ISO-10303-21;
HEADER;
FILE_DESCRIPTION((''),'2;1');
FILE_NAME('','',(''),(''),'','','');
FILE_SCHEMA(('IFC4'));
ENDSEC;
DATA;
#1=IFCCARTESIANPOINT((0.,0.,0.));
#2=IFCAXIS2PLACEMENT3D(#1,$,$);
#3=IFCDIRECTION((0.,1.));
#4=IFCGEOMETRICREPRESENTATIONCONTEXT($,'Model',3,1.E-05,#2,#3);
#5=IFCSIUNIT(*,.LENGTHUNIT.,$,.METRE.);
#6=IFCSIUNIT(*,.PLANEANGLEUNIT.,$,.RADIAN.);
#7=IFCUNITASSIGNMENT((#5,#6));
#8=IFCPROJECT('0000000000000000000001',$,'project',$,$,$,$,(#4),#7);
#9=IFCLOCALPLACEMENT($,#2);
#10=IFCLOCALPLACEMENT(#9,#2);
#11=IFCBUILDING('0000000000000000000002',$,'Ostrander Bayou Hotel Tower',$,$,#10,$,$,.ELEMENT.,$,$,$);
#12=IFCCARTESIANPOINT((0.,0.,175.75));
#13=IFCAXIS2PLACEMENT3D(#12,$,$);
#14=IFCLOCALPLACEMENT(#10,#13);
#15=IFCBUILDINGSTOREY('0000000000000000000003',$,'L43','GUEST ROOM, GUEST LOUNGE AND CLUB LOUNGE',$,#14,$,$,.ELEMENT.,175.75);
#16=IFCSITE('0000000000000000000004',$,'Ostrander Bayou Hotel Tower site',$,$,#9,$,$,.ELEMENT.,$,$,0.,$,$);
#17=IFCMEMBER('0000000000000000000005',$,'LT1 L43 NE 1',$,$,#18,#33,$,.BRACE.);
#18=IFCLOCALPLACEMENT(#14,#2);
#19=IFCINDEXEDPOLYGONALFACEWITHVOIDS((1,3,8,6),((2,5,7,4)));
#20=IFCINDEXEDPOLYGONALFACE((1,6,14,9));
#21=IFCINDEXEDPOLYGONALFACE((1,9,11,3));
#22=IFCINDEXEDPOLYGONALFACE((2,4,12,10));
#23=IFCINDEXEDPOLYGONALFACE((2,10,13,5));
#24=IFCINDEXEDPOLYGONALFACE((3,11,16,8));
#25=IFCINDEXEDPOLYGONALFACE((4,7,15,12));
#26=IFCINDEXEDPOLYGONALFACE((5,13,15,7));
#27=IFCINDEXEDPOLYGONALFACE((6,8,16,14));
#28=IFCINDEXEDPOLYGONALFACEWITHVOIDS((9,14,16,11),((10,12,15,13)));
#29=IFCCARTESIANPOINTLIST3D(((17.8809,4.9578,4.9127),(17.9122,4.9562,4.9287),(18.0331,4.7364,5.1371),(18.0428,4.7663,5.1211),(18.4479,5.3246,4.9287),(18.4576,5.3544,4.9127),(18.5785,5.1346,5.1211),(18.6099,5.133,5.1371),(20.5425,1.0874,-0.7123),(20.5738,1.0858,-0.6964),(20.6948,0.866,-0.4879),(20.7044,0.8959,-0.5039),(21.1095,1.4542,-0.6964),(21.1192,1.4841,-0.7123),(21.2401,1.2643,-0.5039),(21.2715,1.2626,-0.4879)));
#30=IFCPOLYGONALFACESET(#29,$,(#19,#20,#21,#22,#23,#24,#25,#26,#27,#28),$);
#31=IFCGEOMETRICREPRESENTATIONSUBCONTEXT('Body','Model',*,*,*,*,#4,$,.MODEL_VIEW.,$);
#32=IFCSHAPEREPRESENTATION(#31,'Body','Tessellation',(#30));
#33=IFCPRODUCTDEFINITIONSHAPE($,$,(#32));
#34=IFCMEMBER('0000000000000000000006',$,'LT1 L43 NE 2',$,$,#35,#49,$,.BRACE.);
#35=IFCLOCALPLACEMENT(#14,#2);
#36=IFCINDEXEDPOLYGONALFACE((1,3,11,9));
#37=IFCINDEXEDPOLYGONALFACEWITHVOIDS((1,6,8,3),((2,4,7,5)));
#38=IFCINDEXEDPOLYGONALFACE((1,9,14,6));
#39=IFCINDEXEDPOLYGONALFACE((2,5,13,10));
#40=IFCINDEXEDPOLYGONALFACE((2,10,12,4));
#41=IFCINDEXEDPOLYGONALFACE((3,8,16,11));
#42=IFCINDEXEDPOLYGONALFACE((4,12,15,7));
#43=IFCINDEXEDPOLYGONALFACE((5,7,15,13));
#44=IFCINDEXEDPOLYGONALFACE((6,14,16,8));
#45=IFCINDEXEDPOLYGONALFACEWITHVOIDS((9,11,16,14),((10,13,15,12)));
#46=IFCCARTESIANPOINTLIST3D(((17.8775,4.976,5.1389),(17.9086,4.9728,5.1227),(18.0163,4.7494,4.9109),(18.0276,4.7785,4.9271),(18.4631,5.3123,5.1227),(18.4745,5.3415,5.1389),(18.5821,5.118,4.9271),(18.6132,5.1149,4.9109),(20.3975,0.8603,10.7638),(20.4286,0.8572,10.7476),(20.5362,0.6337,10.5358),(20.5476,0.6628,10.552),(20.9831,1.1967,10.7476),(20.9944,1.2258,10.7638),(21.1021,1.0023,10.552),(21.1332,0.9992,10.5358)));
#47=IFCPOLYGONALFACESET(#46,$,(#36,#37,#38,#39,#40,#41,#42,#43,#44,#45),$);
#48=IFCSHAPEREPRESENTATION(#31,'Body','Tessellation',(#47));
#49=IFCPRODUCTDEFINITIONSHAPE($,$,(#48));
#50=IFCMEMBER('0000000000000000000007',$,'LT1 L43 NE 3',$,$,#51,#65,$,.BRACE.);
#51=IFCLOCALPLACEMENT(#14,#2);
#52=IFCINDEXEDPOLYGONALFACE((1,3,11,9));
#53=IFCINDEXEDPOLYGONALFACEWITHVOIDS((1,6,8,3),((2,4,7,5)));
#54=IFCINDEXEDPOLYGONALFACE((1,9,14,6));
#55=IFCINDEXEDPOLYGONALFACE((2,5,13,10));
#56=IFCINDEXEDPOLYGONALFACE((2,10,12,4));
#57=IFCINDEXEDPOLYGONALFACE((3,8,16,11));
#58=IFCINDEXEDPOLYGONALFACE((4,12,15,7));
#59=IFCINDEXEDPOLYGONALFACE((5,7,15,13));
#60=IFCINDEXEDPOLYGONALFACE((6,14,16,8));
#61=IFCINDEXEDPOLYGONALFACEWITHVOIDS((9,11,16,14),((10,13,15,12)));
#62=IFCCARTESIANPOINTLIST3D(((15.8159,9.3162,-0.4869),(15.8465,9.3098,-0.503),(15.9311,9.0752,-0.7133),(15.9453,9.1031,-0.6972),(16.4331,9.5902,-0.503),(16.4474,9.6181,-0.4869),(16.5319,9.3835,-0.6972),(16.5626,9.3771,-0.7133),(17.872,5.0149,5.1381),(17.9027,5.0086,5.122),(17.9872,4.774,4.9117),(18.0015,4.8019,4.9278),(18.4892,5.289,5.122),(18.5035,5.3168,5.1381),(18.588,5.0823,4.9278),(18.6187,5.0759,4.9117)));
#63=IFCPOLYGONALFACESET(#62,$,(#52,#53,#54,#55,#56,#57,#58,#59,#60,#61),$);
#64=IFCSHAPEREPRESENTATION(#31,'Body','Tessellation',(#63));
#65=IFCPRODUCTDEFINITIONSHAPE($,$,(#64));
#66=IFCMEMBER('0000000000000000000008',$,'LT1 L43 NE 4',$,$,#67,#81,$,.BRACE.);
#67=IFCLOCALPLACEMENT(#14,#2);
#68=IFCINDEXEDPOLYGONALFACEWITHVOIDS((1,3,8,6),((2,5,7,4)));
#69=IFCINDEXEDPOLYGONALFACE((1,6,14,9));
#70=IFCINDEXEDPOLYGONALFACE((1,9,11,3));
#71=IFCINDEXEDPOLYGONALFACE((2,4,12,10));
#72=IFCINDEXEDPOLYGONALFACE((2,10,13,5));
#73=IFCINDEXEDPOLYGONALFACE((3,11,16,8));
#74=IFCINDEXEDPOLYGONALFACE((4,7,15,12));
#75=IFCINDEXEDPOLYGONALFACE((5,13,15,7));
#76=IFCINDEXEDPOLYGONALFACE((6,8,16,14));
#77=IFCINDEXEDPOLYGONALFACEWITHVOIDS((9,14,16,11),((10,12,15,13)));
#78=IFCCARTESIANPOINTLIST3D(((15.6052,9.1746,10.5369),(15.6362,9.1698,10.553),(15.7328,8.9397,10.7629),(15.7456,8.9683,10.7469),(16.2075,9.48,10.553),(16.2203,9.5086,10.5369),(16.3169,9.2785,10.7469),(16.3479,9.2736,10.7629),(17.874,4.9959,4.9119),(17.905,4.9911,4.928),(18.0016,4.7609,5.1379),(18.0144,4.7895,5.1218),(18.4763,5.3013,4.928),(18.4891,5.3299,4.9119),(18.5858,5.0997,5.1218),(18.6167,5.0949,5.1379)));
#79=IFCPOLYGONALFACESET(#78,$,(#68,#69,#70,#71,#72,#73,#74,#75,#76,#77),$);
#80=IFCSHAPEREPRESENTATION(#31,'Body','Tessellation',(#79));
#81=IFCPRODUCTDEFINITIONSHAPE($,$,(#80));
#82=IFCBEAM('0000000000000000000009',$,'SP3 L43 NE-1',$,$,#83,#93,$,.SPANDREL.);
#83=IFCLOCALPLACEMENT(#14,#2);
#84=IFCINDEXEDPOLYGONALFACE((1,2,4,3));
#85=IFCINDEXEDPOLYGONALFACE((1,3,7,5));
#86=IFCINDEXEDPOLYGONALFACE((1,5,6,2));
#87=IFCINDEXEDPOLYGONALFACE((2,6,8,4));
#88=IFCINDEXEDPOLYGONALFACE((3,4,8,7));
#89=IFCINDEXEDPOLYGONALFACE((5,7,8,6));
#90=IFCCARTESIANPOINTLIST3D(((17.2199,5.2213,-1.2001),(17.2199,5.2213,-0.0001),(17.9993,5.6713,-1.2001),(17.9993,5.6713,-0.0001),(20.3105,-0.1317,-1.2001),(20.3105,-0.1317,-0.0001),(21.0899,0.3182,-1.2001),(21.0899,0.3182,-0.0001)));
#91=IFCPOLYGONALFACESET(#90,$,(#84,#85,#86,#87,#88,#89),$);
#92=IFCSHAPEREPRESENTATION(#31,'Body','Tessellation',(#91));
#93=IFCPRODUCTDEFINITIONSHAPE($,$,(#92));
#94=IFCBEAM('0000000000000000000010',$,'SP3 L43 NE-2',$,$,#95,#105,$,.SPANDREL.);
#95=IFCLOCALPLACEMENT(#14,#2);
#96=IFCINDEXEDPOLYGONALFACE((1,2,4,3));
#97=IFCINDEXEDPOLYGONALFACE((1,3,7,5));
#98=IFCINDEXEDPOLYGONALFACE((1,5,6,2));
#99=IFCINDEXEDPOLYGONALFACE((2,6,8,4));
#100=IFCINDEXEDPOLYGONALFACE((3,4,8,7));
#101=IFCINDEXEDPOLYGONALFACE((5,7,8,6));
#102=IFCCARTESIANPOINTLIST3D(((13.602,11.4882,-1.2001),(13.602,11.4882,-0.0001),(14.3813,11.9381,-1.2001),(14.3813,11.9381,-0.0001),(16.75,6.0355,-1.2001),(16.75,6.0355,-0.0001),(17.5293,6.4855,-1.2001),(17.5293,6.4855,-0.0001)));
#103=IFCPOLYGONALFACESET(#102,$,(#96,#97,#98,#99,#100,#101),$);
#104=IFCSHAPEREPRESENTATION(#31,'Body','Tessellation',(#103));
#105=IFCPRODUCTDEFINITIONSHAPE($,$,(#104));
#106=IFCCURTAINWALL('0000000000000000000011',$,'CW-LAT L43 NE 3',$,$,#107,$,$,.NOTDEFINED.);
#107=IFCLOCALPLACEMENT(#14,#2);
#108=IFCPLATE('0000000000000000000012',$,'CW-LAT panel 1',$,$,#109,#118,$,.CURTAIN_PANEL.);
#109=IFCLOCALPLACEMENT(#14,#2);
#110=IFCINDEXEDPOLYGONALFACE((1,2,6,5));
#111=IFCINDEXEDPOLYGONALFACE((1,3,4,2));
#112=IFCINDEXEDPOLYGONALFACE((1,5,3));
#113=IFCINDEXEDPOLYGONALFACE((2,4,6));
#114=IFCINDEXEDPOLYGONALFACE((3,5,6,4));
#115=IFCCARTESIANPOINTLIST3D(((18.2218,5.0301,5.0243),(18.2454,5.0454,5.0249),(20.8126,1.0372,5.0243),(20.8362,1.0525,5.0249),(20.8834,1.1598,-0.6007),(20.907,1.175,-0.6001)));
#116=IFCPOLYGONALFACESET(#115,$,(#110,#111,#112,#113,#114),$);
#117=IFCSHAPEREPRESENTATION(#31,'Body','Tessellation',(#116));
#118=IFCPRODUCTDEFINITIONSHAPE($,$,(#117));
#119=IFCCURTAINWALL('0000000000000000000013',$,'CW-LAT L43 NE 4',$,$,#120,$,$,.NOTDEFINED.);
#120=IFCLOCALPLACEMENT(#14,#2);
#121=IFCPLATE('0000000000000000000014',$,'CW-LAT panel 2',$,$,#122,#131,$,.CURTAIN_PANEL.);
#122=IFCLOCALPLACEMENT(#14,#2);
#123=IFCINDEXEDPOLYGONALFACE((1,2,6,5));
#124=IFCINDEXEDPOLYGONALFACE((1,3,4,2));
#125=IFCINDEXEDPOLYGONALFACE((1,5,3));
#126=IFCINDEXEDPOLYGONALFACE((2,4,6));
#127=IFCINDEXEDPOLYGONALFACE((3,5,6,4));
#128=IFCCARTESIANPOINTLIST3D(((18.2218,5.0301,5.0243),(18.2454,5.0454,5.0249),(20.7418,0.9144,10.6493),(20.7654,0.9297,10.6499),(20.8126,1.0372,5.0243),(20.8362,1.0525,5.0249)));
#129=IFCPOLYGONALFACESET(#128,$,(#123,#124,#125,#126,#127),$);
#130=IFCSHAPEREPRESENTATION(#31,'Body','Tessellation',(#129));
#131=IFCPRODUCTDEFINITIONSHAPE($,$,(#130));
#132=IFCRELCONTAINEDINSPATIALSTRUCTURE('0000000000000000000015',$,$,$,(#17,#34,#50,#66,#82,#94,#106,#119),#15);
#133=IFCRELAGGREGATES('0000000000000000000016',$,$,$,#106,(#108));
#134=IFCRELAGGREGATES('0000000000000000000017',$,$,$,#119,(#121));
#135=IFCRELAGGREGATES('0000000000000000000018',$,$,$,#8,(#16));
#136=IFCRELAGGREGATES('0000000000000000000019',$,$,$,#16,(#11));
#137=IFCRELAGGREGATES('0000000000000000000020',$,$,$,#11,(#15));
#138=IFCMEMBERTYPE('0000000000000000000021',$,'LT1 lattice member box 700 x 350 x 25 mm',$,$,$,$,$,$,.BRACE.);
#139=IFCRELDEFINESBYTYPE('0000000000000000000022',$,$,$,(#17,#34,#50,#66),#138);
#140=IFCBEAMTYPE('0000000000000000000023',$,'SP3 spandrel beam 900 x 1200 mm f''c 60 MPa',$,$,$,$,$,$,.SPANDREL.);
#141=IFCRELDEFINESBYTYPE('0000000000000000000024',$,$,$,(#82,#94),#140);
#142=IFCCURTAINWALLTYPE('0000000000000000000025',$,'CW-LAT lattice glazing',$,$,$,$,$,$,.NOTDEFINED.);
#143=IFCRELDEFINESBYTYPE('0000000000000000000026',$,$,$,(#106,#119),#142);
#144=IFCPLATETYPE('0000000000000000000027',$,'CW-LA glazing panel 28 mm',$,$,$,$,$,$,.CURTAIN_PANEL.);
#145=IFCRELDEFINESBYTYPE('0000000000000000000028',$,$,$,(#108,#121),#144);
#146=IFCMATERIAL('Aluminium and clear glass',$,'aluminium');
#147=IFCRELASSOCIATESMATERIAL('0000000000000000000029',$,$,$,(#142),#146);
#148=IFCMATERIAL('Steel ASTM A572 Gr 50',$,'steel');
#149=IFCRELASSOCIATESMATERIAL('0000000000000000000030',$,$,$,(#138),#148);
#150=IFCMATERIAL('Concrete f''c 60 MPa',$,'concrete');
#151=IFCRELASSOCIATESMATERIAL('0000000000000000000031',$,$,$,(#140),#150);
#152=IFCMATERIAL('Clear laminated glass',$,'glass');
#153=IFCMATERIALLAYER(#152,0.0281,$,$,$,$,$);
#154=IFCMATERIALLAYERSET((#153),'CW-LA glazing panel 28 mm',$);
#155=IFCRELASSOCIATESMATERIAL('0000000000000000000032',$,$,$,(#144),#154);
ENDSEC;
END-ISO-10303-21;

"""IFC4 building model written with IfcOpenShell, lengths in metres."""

from ifc_helpers import new_model, si_unit, direction, frame, origin, origin_2d, place, context, subcontext, project, spatial, polyline, rectangle, hollow_rectangle, outline, extrude, material, layer, layer_set, material_profile, profile_set, type_object, element, aggregate, save


model = new_model("IFC4")

# Units and contexts
model_context = context("Model", 3, precision=1e-05, world=origin(), true_north=direction((0.0, 1.0)))
body_context = subcontext(model_context, "Body", "Model", "MODEL_VIEW")
ifc_project = project(units=[si_unit("LENGTHUNIT", "METRE"), si_unit("PLANEANGLEUNIT", "RADIAN")], contexts=[model_context])

# Site, building, storey
site_placement = place(None, origin())
site = spatial("IfcSite", under=ifc_project, at=site_placement, Name="Ostrander Bayou Hotel Tower site", CompositionType="ELEMENT", RefElevation=0.0)
building_placement = place(site_placement, origin())
building = spatial("IfcBuilding", under=site, at=building_placement, Name="Ostrander Bayou Hotel Tower", CompositionType="ELEMENT")
storey_placement = place(building_placement, frame((0.0, 0.0, 175.75)))
storey = spatial("IfcBuildingStorey", under=building, at=storey_placement, Name="L43", Description="GUEST ROOM, GUEST LOUNGE AND CLUB LOUNGE", CompositionType="ELEMENT", Elevation=175.75)

# Shared definitions
ifc_material_1 = material(Name="Aluminium and clear glass", Category="aluminium")
curtain_wall_type = type_object("IfcCurtainWallType", Name="CW-LAT lattice glazing", PredefinedType="NOTDEFINED", material=ifc_material_1)

# Members
ifc_material_2 = material(Name="Steel ASTM A572 Gr 50", Category="steel")
ifc_material_profile_1 = material_profile(ifc_material_2, hollow_rectangle(XDim=0.7, YDim=0.3501, WallThickness=0.0249, at=origin_2d()))
ifc_profile_set_1 = profile_set([ifc_material_profile_1], Name="Steel ASTM A572 Gr 50")
member_type_1 = type_object("IfcMemberType", Name="LT1 lattice member box 700 x 350 x 25 mm", PredefinedType="BRACE", material=ifc_profile_set_1)
member_1_placement = place(storey_placement, frame((18.2454, 5.0454, 5.0249), z_axis=(0.363196, -0.528136, -0.767568), x_axis=(0.823968, 0.566637, 0.0)))
element("IfcMember", 1, at=member_1_placement, inside=storey, type_object=member_type_1, Name="LT1 L43 NE 1", PredefinedType="BRACE", context=body_context, shape_type="SweptSolid", body=[
    extrude(hollow_rectangle(XDim=0.7, YDim=0.3501, WallThickness=0.0249, at=origin_2d()), origin(), (0.0, 0.0, 1.0), 7.3284),
])
member_2_placement = place(storey_placement, frame((18.2454, 5.0454, 5.0249), z_axis=(0.340015, -0.555316, 0.758956), x_axis=(0.852834, 0.522182, 0.0)))
element("IfcMember", 2, at=member_2_placement, inside=storey, type_object=member_type_1, Name="LT1 L43 NE 2", PredefinedType="BRACE", context=body_context, shape_type="SweptSolid", body=[
    extrude(hollow_rectangle(XDim=0.7, YDim=0.3501, WallThickness=0.0249, at=origin_2d()), origin(), (0.0, 0.0, 1.0), 7.4114),
])
member_3_placement = place(storey_placement, frame((18.2454, 5.0454, 5.0249), z_axis=(-0.278855, 0.583337, -0.762861), x_axis=(-0.902214, -0.431289, 0.0)))
element("IfcMember", 3, at=member_3_placement, inside=storey, type_object=member_type_1, Name="LT1 L43 NE 3", PredefinedType="BRACE", context=body_context, shape_type="SweptSolid", body=[
    extrude(hollow_rectangle(XDim=0.7, YDim=0.3501, WallThickness=0.0249, at=origin_2d()), origin(), (0.0, 0.0, 1.0), 7.3735),
])
member_4_placement = place(storey_placement, frame((18.2454, 5.0454, 5.0249), z_axis=(-0.308033, 0.56734, 0.763702), x_axis=(-0.878822, -0.47715, 0.0)))
element("IfcMember", 4, at=member_4_placement, inside=storey, type_object=member_type_1, Name="LT1 L43 NE 4", PredefinedType="BRACE", context=body_context, shape_type="SweptSolid", body=[
    extrude(hollow_rectangle(XDim=0.7, YDim=0.3501, WallThickness=0.0249, at=origin_2d()), origin(), (0.0, 0.0, 1.0), 7.3655),
])

# Beams
ifc_material_3 = material(Name="Concrete f'c 60 MPa", Category="concrete")
ifc_material_profile_2 = material_profile(ifc_material_3, rectangle(XDim=0.8999, YDim=1.2, at=origin_2d()))
ifc_profile_set_2 = profile_set([ifc_material_profile_2], Name="Concrete f'c 60 MPa")
beam_type_1 = type_object("IfcBeamType", Name="SP3 spandrel beam 900 x 1200 mm f'c 60 MPa", PredefinedType="SPANDREL", material=ifc_profile_set_2)
beam_1_placement = place(storey_placement, frame((20.7002, 0.0933, -0.6001), z_axis=(-0.500001, 0.866025, 0.0), x_axis=(-0.866025, -0.500001, 0.0)))
element("IfcBeam", 5, at=beam_1_placement, inside=storey, type_object=beam_type_1, Name="SP3 L43 NE-1", PredefinedType="SPANDREL", context=body_context, shape_type="SweptSolid", body=[
    extrude(rectangle(XDim=0.8999, YDim=1.2, at=origin_2d()), origin(), (0.0, 0.0, 1.0), 6.1812),
])
beam_2_placement = place(storey_placement, frame((17.1396, 6.2605, -0.6001), z_axis=(-0.499984, 0.866034, 0.0), x_axis=(-0.866034, -0.499984, 0.0)))
element("IfcBeam", 6, at=beam_2_placement, inside=storey, type_object=beam_type_1, Name="SP3 L43 NE-2", PredefinedType="SPANDREL", context=body_context, shape_type="SweptSolid", body=[
    extrude(rectangle(XDim=0.8999, YDim=1.2, at=origin_2d()), origin(), (0.0, 0.0, 1.0), 6.2961),
])

# Curtain walls, plates
curtain_wall_1_placement = place(storey_placement, origin())
curtain_wall_1 = element("IfcCurtainWall", 7, at=curtain_wall_1_placement, inside=storey, type_object=curtain_wall_type, Name="CW-LAT L43 NE 3", PredefinedType="NOTDEFINED")
ifc_material_4 = material(Name="Clear laminated glass", Category="glass")
ifc_layer_1 = layer(ifc_material_4, 0.0281)
ifc_layer_set_1 = layer_set([ifc_layer_1], Name="CW-LA glazing panel 28 mm")
plate_type = type_object("IfcPlateType", Name="CW-LA glazing panel 28 mm", PredefinedType="CURTAIN_PANEL", material=ifc_layer_set_1)
plate_1_placement = place(storey_placement, frame((18.2454, 5.0454, 5.0249), z_axis=(0.838672, 0.544175, 0.022413), x_axis=(0.363196, -0.528136, -0.767568)))
plate_1 = element("IfcPlate", 8, at=plate_1_placement, type_object=plate_type, Name="CW-LAT panel 1", PredefinedType="CURTAIN_PANEL", context=body_context, shape_type="SweptSolid", body=[
    extrude(outline(polyline([(0.0, 0.0), (7.3283, 0.0), (3.0498, -3.6544), (0.0, 0.0)])), origin(), (0.0, 0.0, -1.0), 0.0281),
])
aggregate(curtain_wall_1, [plate_1])
curtain_wall_2_placement = place(storey_placement, origin())
curtain_wall_2 = element("IfcCurtainWall", 9, at=curtain_wall_2_placement, inside=storey, type_object=curtain_wall_type, Name="CW-LAT L43 NE 4", PredefinedType="NOTDEFINED")
plate_2_placement = place(storey_placement, frame((18.2454, 5.0454, 5.0249), z_axis=(0.838672, 0.544175, 0.022436), x_axis=(0.340015, -0.555316, 0.758956)))
plate_2 = element("IfcPlate", 10, at=plate_2_placement, type_object=plate_type, Name="CW-LAT panel 2", PredefinedType="CURTAIN_PANEL", context=body_context, shape_type="SweptSolid", body=[
    extrude(outline(polyline([(0.0, 0.0), (7.4115, 0.0), (3.0982, 3.6134), (0.0, 0.0)])), origin(), (0.0, 0.0, -1.0), 0.0281),
])
aggregate(curtain_wall_2, [plate_2])

save(model, "model.ifc")
